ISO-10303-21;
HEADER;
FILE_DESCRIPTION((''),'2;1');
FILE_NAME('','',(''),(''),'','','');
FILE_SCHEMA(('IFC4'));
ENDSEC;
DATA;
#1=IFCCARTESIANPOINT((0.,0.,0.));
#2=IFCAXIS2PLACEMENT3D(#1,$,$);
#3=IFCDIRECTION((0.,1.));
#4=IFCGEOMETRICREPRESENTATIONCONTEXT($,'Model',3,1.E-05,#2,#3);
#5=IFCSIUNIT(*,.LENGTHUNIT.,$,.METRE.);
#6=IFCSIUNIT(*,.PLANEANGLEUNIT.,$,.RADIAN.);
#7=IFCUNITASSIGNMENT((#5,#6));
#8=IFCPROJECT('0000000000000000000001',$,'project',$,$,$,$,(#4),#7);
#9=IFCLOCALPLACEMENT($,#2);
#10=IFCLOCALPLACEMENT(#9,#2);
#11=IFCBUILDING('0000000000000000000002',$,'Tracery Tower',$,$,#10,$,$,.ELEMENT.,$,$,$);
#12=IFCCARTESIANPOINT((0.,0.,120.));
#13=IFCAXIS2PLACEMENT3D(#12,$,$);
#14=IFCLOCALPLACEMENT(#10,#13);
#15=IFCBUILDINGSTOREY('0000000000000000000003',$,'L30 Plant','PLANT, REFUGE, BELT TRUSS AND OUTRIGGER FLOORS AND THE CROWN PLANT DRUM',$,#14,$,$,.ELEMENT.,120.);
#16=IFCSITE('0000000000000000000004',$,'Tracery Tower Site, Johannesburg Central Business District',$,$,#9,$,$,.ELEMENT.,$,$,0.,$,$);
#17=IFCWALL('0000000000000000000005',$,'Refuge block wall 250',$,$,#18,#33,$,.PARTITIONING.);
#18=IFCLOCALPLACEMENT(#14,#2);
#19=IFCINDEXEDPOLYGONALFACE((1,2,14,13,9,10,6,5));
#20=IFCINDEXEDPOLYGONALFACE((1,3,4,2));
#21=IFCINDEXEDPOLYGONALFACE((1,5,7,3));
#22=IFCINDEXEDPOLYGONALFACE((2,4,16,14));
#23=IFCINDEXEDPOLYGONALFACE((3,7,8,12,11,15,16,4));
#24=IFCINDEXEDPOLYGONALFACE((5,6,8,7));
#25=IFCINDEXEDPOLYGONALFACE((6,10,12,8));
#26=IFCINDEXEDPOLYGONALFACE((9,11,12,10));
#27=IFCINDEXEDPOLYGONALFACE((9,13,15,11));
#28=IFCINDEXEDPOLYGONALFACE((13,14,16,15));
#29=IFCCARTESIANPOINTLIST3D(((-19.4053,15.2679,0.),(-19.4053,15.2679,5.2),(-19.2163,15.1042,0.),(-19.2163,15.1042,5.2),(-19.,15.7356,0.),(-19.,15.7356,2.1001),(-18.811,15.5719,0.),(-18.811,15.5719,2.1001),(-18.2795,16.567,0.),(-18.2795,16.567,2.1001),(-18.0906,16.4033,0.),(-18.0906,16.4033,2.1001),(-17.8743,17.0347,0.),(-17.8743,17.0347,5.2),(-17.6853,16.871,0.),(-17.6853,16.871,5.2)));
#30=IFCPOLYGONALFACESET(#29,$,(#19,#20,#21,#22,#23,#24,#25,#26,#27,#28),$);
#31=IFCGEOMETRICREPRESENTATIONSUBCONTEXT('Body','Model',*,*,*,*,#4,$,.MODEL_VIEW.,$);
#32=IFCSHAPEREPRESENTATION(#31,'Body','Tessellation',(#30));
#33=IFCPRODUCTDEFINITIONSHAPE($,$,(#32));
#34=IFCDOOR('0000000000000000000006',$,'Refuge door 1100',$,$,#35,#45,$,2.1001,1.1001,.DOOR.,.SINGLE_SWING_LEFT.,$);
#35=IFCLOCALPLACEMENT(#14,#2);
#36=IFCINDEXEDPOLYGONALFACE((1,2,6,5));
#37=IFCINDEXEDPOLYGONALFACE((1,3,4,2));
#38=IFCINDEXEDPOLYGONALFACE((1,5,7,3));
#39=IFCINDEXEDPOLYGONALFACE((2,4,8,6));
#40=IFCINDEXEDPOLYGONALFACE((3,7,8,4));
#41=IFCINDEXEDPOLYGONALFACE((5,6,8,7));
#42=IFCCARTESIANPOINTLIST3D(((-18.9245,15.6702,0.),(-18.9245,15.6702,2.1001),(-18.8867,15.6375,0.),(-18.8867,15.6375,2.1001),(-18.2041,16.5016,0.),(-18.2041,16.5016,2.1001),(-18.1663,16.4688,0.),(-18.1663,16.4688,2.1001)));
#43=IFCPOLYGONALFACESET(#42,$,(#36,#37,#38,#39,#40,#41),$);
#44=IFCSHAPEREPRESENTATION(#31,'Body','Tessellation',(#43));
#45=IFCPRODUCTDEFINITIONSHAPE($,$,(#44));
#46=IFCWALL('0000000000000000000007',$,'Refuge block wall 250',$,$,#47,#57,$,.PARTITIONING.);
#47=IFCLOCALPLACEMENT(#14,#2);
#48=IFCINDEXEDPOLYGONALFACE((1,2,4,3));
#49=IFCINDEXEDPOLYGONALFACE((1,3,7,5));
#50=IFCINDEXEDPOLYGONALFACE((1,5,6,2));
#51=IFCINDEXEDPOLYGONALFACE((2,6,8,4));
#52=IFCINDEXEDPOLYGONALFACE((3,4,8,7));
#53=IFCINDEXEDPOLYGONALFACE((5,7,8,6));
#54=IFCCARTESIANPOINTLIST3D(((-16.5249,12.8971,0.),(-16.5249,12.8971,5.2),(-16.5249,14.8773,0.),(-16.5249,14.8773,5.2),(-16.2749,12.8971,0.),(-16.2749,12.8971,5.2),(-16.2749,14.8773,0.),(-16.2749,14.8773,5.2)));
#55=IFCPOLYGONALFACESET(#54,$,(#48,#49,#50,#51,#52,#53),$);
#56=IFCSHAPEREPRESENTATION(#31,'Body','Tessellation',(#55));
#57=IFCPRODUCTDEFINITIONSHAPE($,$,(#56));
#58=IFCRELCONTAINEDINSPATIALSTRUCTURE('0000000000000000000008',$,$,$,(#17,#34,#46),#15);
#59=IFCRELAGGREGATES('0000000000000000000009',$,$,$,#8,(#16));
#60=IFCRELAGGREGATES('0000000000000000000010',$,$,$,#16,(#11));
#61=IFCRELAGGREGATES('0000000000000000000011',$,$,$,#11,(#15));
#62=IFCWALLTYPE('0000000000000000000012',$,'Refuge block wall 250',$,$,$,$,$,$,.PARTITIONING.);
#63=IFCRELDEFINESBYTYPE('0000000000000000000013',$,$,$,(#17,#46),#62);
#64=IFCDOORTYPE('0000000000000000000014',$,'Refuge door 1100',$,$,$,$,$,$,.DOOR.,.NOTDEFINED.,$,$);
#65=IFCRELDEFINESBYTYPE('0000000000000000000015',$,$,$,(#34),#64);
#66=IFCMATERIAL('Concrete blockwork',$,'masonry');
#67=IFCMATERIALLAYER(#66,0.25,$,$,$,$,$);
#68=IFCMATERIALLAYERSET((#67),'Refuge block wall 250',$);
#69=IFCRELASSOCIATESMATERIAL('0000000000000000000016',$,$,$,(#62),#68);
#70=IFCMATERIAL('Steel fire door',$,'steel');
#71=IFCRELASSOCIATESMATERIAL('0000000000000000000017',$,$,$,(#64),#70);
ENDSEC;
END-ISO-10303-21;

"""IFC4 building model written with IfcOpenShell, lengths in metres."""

from ifc_helpers import new_model, si_unit, direction, frame, frame_2d, origin, place, context, subcontext, project, spatial, rectangle, extrude, material, layer, layer_set, type_object, element, fill, save


model = new_model("IFC4")

# Units and contexts
model_context = context("Model", 3, precision=1e-05, world=origin(), true_north=direction((0.0, 1.0)))
body_context = subcontext(model_context, "Body", "Model", "MODEL_VIEW")
ifc_project = project(units=[si_unit("LENGTHUNIT", "METRE"), si_unit("PLANEANGLEUNIT", "RADIAN")], contexts=[model_context])

# Site, building, storey
site_placement = place(None, origin())
site = spatial("IfcSite", under=ifc_project, at=site_placement, Name="Tracery Tower Site, Johannesburg Central Business District", CompositionType="ELEMENT", RefElevation=0.0)
building_placement = place(site_placement, origin())
building = spatial("IfcBuilding", under=site, at=building_placement, Name="Tracery Tower", CompositionType="ELEMENT")
storey_placement = place(building_placement, frame((0.0, 0.0, 120.0)))
storey = spatial("IfcBuildingStorey", under=building, at=storey_placement, Name="L30 Plant", Description="PLANT, REFUGE, BELT TRUSS AND OUTRIGGER FLOORS AND THE CROWN PLANT DRUM", CompositionType="ELEMENT", Elevation=120.0)

# Shared definitions
ifc_material_1 = material(Name="Concrete blockwork", Category="masonry")
ifc_layer_1 = layer(ifc_material_1, 0.25)
ifc_layer_set_1 = layer_set([ifc_layer_1], Name="Refuge block wall 250")
wall_type_1 = type_object("IfcWallType", Name="Refuge block wall 250", PredefinedType="PARTITIONING", material=ifc_layer_set_1)

# Wall, opening, door
wall_1_placement = place(storey_placement, frame((-17.7798, 16.9529, 0.0), z_axis=(0.0, 0.0, 1.0), x_axis=(-0.654867, -0.755744, 0.0)))
wall_1 = element("IfcWall", 1, at=wall_1_placement, inside=storey, type_object=wall_type_1, Name="Refuge block wall 250", PredefinedType="PARTITIONING", context=body_context, shape_type="SweptSolid", body=[
    extrude(rectangle(XDim=2.3379, YDim=0.25, at=frame_2d((1.1689, 0.0))), origin(), (0.0, 0.0, 1.0), 5.2),
])
opening_1_placement = place(wall_1_placement, frame((0.6189, 0.0, 0.0)))
opening_1 = element("IfcOpeningElement", 2, at=opening_1_placement, cuts=wall_1, PredefinedType="OPENING", context=body_context, shape_type="SweptSolid", body=[
    extrude(rectangle(XDim=1.1001, YDim=2.1001, at=frame_2d((0.55, 1.05))), frame((0.0, 0.125, 0.0), z_axis=(0.0, -1.0, 0.0), x_axis=(1.0, 0.0, 0.0)), (0.0, 0.0, 1.0), 0.25),
])
ifc_material_2 = material(Name="Steel fire door", Category="steel")
door_type_1 = type_object("IfcDoorType", Name="Refuge door 1100", OperationType="NOTDEFINED", PredefinedType="DOOR", material=ifc_material_2)
door_1_placement = place(opening_1_placement, origin())
door_1 = element("IfcDoor", 3, at=door_1_placement, inside=storey, type_object=door_type_1, Name="Refuge door 1100", OperationType="SINGLE_SWING_LEFT", OverallHeight=2.1001, OverallWidth=1.1001, PredefinedType="DOOR", context=body_context, shape_type="SweptSolid", body=[
    extrude(rectangle(XDim=1.1001, YDim=2.1001, at=frame_2d((0.55, 1.05))), frame((0.0, 0.0249, 0.0), z_axis=(0.0, -1.0, 0.0), x_axis=(1.0, 0.0, 0.0)), (0.0, 0.0, 1.0), 0.05),
])
fill(opening_1, door_1)

# Wall
wall_2_placement = place(storey_placement, frame((-16.3999, 14.8774, 0.0), z_axis=(0.0, 0.0, 1.0), x_axis=(0.0, -1.0, 0.0)))
element("IfcWall", 4, at=wall_2_placement, inside=storey, type_object=wall_type_1, Name="Refuge block wall 250", PredefinedType="PARTITIONING", context=body_context, shape_type="SweptSolid", body=[
    extrude(rectangle(XDim=1.9802, YDim=0.25, at=frame_2d((0.9902, 0.0))), origin(), (0.0, 0.0, 1.0), 5.2),
])

save(model, "model.ifc")
